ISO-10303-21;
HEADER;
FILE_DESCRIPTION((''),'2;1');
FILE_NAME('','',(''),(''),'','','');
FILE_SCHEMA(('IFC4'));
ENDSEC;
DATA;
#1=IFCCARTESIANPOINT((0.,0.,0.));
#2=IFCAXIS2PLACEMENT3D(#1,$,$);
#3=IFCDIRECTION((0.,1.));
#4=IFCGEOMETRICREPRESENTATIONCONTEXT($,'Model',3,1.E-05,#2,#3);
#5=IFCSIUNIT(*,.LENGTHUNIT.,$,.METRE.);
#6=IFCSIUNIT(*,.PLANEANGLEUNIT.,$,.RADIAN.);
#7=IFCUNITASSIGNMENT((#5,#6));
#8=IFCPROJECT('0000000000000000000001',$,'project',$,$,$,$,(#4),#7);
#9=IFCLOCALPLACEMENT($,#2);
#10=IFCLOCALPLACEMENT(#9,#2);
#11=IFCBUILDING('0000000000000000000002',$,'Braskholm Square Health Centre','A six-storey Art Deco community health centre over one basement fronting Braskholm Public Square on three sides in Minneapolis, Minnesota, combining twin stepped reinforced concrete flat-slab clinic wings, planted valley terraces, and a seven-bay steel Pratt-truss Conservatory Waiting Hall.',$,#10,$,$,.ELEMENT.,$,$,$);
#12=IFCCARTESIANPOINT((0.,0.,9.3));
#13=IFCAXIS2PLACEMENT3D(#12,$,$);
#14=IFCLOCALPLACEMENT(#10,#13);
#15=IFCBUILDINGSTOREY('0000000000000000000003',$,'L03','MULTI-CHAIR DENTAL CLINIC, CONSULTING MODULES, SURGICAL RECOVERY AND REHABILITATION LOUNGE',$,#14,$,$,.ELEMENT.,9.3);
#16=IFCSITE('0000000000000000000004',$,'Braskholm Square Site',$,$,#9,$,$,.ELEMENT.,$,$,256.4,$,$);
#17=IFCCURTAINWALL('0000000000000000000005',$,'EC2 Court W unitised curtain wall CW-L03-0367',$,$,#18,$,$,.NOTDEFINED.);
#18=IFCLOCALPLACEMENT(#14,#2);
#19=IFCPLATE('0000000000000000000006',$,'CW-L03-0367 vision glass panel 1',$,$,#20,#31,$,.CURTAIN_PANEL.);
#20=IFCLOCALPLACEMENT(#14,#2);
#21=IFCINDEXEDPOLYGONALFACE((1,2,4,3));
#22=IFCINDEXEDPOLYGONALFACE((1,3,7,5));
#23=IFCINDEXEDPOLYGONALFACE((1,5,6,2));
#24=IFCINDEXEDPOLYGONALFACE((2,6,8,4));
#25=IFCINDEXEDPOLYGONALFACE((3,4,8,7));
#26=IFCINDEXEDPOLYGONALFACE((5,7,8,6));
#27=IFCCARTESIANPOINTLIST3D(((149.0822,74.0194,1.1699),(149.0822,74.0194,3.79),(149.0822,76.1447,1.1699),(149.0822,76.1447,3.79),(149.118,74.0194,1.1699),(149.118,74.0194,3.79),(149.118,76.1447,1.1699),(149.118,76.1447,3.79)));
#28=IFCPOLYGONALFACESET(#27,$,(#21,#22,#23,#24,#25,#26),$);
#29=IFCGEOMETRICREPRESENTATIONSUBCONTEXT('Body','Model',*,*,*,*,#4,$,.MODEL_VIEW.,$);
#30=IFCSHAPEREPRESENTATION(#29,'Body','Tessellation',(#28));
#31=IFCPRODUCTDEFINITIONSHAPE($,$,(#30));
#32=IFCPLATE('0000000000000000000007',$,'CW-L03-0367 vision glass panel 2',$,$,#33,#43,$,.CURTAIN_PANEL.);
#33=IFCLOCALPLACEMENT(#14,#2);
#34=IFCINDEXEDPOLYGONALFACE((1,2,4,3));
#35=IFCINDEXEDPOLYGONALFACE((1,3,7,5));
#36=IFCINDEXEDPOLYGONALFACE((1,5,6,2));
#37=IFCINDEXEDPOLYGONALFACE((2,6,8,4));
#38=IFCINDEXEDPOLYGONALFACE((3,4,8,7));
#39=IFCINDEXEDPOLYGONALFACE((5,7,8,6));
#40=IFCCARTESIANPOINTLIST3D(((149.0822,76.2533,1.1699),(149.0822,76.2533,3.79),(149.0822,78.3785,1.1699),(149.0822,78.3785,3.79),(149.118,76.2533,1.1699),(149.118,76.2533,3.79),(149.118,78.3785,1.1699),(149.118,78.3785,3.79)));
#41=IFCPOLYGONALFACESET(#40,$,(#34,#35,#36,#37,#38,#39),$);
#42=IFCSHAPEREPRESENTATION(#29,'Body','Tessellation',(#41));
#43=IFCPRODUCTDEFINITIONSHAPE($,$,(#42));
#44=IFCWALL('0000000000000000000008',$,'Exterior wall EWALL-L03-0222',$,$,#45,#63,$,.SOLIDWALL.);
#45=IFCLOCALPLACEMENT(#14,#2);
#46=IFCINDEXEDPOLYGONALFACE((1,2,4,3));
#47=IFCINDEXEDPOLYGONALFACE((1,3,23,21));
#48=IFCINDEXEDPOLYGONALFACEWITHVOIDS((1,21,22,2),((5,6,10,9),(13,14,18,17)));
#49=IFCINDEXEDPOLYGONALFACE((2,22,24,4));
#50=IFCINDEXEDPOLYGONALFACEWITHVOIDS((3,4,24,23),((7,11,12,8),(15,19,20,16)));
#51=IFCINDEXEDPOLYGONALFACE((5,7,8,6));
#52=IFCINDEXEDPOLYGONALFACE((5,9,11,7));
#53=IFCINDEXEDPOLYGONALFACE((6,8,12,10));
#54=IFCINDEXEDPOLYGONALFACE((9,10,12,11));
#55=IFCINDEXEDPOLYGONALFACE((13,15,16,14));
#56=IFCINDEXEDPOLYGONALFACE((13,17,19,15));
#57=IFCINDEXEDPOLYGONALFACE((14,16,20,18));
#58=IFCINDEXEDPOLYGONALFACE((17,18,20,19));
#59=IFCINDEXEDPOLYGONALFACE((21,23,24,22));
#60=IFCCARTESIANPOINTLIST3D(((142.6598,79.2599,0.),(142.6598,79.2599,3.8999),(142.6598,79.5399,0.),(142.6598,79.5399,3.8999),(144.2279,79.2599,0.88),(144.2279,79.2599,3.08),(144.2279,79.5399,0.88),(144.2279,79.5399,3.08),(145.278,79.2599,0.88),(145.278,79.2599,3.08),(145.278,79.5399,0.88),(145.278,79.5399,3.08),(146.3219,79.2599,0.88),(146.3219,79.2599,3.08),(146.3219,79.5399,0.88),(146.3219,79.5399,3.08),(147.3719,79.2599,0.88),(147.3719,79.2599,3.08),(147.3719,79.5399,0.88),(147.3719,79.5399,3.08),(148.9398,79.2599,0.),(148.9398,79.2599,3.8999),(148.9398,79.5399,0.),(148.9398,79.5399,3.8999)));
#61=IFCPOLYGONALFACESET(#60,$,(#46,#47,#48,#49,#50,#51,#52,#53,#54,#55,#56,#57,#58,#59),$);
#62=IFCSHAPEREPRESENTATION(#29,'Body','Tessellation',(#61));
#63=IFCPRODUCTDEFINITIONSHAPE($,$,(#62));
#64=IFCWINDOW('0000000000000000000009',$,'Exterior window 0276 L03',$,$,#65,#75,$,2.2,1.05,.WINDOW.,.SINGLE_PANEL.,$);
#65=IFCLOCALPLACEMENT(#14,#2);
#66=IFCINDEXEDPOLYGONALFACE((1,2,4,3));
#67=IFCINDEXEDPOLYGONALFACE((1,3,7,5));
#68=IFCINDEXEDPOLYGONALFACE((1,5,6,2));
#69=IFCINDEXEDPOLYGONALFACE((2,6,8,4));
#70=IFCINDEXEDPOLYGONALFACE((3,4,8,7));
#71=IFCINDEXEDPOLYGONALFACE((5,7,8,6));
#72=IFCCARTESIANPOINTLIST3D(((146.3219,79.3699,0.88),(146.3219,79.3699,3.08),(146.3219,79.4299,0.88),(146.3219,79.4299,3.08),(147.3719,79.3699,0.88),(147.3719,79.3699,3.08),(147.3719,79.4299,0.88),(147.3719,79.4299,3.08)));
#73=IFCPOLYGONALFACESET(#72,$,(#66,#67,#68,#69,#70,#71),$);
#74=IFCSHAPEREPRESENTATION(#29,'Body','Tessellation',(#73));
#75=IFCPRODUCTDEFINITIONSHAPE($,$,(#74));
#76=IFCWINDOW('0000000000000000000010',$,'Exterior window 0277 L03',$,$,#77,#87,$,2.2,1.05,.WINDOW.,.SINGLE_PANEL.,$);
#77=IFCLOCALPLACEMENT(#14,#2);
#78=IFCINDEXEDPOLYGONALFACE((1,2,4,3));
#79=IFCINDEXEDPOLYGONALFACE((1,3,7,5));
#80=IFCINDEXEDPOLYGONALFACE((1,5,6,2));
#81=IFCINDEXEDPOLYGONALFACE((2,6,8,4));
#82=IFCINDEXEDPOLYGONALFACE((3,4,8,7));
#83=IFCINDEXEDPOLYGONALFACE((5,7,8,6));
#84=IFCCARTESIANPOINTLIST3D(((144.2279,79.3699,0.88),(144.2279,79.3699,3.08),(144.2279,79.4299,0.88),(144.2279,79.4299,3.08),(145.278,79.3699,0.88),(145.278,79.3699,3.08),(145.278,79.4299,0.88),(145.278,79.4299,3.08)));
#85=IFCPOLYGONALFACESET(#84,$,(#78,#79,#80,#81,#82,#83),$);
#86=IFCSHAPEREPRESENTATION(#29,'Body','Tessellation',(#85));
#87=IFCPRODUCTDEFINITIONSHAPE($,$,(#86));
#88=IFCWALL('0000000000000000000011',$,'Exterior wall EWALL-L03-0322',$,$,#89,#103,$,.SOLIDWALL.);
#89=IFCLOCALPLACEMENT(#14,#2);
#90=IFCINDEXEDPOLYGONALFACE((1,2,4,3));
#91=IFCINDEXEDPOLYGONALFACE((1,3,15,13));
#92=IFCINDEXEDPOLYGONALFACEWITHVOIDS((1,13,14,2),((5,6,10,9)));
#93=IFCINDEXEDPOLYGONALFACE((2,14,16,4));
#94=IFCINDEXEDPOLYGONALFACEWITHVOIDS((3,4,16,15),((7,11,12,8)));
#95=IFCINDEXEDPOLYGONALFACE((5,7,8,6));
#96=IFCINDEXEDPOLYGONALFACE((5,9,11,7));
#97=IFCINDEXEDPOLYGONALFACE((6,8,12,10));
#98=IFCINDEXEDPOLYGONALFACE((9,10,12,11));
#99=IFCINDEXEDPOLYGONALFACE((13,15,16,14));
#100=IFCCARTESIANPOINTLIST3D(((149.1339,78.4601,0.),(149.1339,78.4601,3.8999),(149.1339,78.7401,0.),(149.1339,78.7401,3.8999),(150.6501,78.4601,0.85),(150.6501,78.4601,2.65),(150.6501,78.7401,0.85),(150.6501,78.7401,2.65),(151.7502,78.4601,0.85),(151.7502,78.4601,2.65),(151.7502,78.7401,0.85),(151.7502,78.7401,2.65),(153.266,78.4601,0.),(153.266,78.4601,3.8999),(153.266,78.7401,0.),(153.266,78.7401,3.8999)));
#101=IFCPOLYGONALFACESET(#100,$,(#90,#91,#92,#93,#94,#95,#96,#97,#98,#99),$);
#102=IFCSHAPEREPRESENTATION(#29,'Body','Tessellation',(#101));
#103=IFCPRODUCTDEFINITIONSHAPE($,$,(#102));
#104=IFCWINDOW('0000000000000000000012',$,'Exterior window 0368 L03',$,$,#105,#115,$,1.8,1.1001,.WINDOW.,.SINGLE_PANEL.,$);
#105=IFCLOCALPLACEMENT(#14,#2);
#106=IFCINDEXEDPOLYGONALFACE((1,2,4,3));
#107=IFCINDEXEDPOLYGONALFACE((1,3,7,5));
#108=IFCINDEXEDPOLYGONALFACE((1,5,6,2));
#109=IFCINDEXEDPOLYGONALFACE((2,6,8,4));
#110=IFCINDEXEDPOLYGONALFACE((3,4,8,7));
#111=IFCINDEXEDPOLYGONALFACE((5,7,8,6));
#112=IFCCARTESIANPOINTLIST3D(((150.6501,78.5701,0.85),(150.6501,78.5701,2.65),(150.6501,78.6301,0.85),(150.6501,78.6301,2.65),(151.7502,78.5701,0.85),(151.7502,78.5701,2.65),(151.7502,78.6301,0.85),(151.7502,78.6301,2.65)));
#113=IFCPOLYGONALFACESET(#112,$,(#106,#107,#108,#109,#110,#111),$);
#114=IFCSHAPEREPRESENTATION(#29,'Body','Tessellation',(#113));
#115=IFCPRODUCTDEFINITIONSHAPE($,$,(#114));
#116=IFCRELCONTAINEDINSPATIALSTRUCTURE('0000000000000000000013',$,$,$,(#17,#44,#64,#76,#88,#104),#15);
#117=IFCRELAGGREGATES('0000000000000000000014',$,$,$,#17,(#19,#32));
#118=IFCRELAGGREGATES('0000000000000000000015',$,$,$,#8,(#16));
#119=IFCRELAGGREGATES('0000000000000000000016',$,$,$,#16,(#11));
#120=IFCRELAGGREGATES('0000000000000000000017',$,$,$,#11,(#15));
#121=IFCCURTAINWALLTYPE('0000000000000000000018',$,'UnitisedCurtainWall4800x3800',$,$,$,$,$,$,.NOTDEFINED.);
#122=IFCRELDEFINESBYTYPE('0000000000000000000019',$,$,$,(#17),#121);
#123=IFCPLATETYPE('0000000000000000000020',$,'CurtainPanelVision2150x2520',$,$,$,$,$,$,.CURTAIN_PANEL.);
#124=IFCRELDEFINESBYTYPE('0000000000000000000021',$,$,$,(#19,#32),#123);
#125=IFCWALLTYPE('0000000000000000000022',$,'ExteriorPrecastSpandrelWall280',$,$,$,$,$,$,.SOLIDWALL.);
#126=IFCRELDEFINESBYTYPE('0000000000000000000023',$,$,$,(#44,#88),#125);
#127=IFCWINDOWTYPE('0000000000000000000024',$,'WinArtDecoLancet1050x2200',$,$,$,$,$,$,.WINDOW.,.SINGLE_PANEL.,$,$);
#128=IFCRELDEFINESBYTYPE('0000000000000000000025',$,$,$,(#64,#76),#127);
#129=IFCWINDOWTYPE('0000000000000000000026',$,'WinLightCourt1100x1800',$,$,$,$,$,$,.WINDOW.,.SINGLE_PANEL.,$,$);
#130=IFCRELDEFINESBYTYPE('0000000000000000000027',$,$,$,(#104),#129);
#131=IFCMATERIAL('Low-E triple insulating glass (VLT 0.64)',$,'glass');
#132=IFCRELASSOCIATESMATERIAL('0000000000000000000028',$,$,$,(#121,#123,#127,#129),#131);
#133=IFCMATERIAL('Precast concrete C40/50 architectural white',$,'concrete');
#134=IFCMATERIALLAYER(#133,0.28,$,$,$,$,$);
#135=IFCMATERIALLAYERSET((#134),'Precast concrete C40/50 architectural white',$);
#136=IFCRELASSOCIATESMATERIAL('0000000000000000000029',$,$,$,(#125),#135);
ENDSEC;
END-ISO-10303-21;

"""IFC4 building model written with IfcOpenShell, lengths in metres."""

from ifc_helpers import new_model, si_unit, direction, frame, frame_2d, origin, origin_with_axes, origin_2d, place, context, subcontext, project, spatial, rectangle, extrude, material, layer, layer_set, type_object, element, fill, aggregate, save


model = new_model("IFC4")

# Units and contexts
model_context = context("Model", 3, precision=1e-05, world=origin(), true_north=direction((0.0, 1.0)))
body_context = subcontext(model_context, "Body", "Model", "MODEL_VIEW")
ifc_project = project(units=[si_unit("LENGTHUNIT", "METRE"), si_unit("PLANEANGLEUNIT", "RADIAN")], contexts=[model_context])

# Site, building, storey
site_placement = place(None, origin())
site = spatial("IfcSite", under=ifc_project, at=site_placement, Name="Braskholm Square Site", CompositionType="ELEMENT", RefElevation=256.4)
building_placement = place(site_placement, origin())
building = spatial("IfcBuilding", under=site, at=building_placement, Name="Braskholm Square Health Centre", Description="A six-storey Art Deco community health centre over one basement fronting Braskholm Public Square on three sides in Minneapolis, Minnesota, combining twin stepped reinforced concrete flat-slab clinic wings, planted valley terraces, and a seven-bay steel Pratt-truss Conservatory Waiting Hall.", CompositionType="ELEMENT")
storey_placement = place(building_placement, frame((0.0, 0.0, 9.3)))
storey = spatial("IfcBuildingStorey", under=building, at=storey_placement, Name="L03", Description="MULTI-CHAIR DENTAL CLINIC, CONSULTING MODULES, SURGICAL RECOVERY AND REHABILITATION LOUNGE", CompositionType="ELEMENT", Elevation=9.3)

# Shared definitions
ifc_material_1 = material(Name="Low-E triple insulating glass (VLT 0.64)", Category="glass")
curtain_wall_type = type_object("IfcCurtainWallType", Name="UnitisedCurtainWall4800x3800", PredefinedType="NOTDEFINED", material=ifc_material_1)

# Curtain wall
curtain_wall_1_placement = place(storey_placement, origin())
curtain_wall_1 = element("IfcCurtainWall", 1, at=curtain_wall_1_placement, inside=storey, type_object=curtain_wall_type, Name="EC2 Court W unitised curtain wall CW-L03-0367", PredefinedType="NOTDEFINED")

# Plates
plate_type_1 = type_object("IfcPlateType", Name="CurtainPanelVision2150x2520", PredefinedType="CURTAIN_PANEL", material=ifc_material_1)
plate_1_placement = place(storey_placement, frame((149.1001, 75.082, 1.1699), z_axis=(0.0, 0.0, 1.0), x_axis=(0.0, 1.0, 0.0)))
plate_1 = element("IfcPlate", 2, at=plate_1_placement, type_object=plate_type_1, Name="CW-L03-0367 vision glass panel 1", PredefinedType="CURTAIN_PANEL", context=body_context, shape_type="SweptSolid", body=[
    extrude(rectangle(XDim=2.1252, YDim=0.0359, at=origin_2d()), origin(), (0.0, 0.0, 1.0), 2.6201),
])
plate_2_placement = place(storey_placement, frame((149.1001, 77.3159, 1.1699), z_axis=(0.0, 0.0, 1.0), x_axis=(0.0, 1.0, 0.0)))
plate_2 = element("IfcPlate", 3, at=plate_2_placement, type_object=plate_type_1, Name="CW-L03-0367 vision glass panel 2", PredefinedType="CURTAIN_PANEL", context=body_context, shape_type="SweptSolid", body=[
    extrude(rectangle(XDim=2.1252, YDim=0.0359, at=origin_2d()), origin(), (0.0, 0.0, 1.0), 2.6201),
])
aggregate(curtain_wall_1, [plate_1, plate_2])

# Wall, openings, windows
ifc_material_2 = material(Name="Precast concrete C40/50 architectural white", Category="concrete")
ifc_layer = layer(ifc_material_2, 0.28)
ifc_layer_set = layer_set([ifc_layer], Name="Precast concrete C40/50 architectural white")
wall_type = type_object("IfcWallType", Name="ExteriorPrecastSpandrelWall280", PredefinedType="SOLIDWALL", material=ifc_layer_set)
wall_1_placement = place(storey_placement, frame((148.9399, 79.3999, 0.0), z_axis=(0.0, 0.0, 1.0), x_axis=(-1.0, 0.0, 0.0)))
wall_1 = element("IfcWall", 4, at=wall_1_placement, inside=storey, type_object=wall_type, Name="Exterior wall EWALL-L03-0222", PredefinedType="SOLIDWALL", context=body_context, shape_type="SweptSolid", body=[
    extrude(rectangle(XDim=6.28, YDim=0.28, at=frame_2d((3.1401, 0.0))), origin(), (0.0, 0.0, 1.0), 3.8999),
])
opening_1_placement = place(wall_1_placement, frame((1.5681, 0.0, 0.8799)))
opening_1 = element("IfcOpeningElement", 5, at=opening_1_placement, cuts=wall_1, PredefinedType="OPENING", context=body_context, shape_type="SweptSolid", body=[
    extrude(rectangle(XDim=1.05, YDim=2.2, at=frame_2d((0.5249, 1.1001))), frame((0.0, 0.1499, 0.0), z_axis=(0.0, -1.0, 0.0), x_axis=(1.0, 0.0, 0.0)), (0.0, 0.0, 1.0), 0.3),
])
opening_2_placement = place(wall_1_placement, frame((3.6621, 0.0, 0.8799)))
opening_2 = element("IfcOpeningElement", 6, at=opening_2_placement, cuts=wall_1, PredefinedType="OPENING", context=body_context, shape_type="SweptSolid", body=[
    extrude(rectangle(XDim=1.05, YDim=2.2, at=frame_2d((0.5249, 1.1001))), frame((0.0, 0.1499, 0.0), z_axis=(0.0, -1.0, 0.0), x_axis=(1.0, 0.0, 0.0)), (0.0, 0.0, 1.0), 0.3),
])
window_type_1 = type_object("IfcWindowType", Name="WinArtDecoLancet1050x2200", PartitioningType="SINGLE_PANEL", PredefinedType="WINDOW", material=ifc_material_1)
window_1_placement = place(opening_1_placement, origin_with_axes())
window_1 = element("IfcWindow", 7, at=window_1_placement, inside=storey, type_object=window_type_1, Name="Exterior window 0276 L03", OverallHeight=2.2, OverallWidth=1.05, PartitioningType="SINGLE_PANEL", PredefinedType="WINDOW", context=body_context, shape_type="SweptSolid", body=[
    extrude(rectangle(XDim=1.05, YDim=2.2, at=frame_2d((0.5249, 1.1001))), frame((0.0, 0.03, 0.0), z_axis=(0.0, -1.0, 0.0), x_axis=(1.0, 0.0, 0.0)), (0.0, 0.0, 1.0), 0.0601),
])
fill(opening_1, window_1)
window_2_placement = place(opening_2_placement, origin_with_axes())
window_2 = element("IfcWindow", 8, at=window_2_placement, inside=storey, type_object=window_type_1, Name="Exterior window 0277 L03", OverallHeight=2.2, OverallWidth=1.05, PartitioningType="SINGLE_PANEL", PredefinedType="WINDOW", context=body_context, shape_type="SweptSolid", body=[
    extrude(rectangle(XDim=1.05, YDim=2.2, at=frame_2d((0.5249, 1.1001))), frame((0.0, 0.03, 0.0), z_axis=(0.0, -1.0, 0.0), x_axis=(1.0, 0.0, 0.0)), (0.0, 0.0, 1.0), 0.0601),
])
fill(opening_2, window_2)

# Wall, opening, window
wall_2_placement = place(storey_placement, frame((149.134, 78.6001, 0.0), z_axis=(0.0, 0.0, 1.0), x_axis=(1.0, 0.0, 0.0)))
wall_2 = element("IfcWall", 9, at=wall_2_placement, inside=storey, type_object=wall_type, Name="Exterior wall EWALL-L03-0322", PredefinedType="SOLIDWALL", context=body_context, shape_type="SweptSolid", body=[
    extrude(rectangle(XDim=4.1321, YDim=0.28, at=frame_2d((2.0659, 0.0))), origin(), (0.0, 0.0, 1.0), 3.8999),
])
opening_3_placement = place(wall_2_placement, frame((1.5161, 0.0, 0.8501)))
opening_3 = element("IfcOpeningElement", 10, at=opening_3_placement, cuts=wall_2, PredefinedType="OPENING", context=body_context, shape_type="SweptSolid", body=[
    extrude(rectangle(XDim=1.1001, YDim=1.8, at=frame_2d((0.55, 0.8999))), frame((0.0, 0.1499, 0.0), z_axis=(0.0, -1.0, 0.0), x_axis=(1.0, 0.0, 0.0)), (0.0, 0.0, 1.0), 0.3),
])
window_type_2 = type_object("IfcWindowType", Name="WinLightCourt1100x1800", PartitioningType="SINGLE_PANEL", PredefinedType="WINDOW", material=ifc_material_1)
window_3_placement = place(opening_3_placement, origin_with_axes())
window_3 = element("IfcWindow", 11, at=window_3_placement, inside=storey, type_object=window_type_2, Name="Exterior window 0368 L03", OverallHeight=1.8, OverallWidth=1.1001, PartitioningType="SINGLE_PANEL", PredefinedType="WINDOW", context=body_context, shape_type="SweptSolid", body=[
    extrude(rectangle(XDim=1.1001, YDim=1.8, at=frame_2d((0.55, 0.8999))), frame((0.0, 0.03, 0.0), z_axis=(0.0, -1.0, 0.0), x_axis=(1.0, 0.0, 0.0)), (0.0, 0.0, 1.0), 0.0601),
])
fill(opening_3, window_3)

save(model, "model.ifc")
